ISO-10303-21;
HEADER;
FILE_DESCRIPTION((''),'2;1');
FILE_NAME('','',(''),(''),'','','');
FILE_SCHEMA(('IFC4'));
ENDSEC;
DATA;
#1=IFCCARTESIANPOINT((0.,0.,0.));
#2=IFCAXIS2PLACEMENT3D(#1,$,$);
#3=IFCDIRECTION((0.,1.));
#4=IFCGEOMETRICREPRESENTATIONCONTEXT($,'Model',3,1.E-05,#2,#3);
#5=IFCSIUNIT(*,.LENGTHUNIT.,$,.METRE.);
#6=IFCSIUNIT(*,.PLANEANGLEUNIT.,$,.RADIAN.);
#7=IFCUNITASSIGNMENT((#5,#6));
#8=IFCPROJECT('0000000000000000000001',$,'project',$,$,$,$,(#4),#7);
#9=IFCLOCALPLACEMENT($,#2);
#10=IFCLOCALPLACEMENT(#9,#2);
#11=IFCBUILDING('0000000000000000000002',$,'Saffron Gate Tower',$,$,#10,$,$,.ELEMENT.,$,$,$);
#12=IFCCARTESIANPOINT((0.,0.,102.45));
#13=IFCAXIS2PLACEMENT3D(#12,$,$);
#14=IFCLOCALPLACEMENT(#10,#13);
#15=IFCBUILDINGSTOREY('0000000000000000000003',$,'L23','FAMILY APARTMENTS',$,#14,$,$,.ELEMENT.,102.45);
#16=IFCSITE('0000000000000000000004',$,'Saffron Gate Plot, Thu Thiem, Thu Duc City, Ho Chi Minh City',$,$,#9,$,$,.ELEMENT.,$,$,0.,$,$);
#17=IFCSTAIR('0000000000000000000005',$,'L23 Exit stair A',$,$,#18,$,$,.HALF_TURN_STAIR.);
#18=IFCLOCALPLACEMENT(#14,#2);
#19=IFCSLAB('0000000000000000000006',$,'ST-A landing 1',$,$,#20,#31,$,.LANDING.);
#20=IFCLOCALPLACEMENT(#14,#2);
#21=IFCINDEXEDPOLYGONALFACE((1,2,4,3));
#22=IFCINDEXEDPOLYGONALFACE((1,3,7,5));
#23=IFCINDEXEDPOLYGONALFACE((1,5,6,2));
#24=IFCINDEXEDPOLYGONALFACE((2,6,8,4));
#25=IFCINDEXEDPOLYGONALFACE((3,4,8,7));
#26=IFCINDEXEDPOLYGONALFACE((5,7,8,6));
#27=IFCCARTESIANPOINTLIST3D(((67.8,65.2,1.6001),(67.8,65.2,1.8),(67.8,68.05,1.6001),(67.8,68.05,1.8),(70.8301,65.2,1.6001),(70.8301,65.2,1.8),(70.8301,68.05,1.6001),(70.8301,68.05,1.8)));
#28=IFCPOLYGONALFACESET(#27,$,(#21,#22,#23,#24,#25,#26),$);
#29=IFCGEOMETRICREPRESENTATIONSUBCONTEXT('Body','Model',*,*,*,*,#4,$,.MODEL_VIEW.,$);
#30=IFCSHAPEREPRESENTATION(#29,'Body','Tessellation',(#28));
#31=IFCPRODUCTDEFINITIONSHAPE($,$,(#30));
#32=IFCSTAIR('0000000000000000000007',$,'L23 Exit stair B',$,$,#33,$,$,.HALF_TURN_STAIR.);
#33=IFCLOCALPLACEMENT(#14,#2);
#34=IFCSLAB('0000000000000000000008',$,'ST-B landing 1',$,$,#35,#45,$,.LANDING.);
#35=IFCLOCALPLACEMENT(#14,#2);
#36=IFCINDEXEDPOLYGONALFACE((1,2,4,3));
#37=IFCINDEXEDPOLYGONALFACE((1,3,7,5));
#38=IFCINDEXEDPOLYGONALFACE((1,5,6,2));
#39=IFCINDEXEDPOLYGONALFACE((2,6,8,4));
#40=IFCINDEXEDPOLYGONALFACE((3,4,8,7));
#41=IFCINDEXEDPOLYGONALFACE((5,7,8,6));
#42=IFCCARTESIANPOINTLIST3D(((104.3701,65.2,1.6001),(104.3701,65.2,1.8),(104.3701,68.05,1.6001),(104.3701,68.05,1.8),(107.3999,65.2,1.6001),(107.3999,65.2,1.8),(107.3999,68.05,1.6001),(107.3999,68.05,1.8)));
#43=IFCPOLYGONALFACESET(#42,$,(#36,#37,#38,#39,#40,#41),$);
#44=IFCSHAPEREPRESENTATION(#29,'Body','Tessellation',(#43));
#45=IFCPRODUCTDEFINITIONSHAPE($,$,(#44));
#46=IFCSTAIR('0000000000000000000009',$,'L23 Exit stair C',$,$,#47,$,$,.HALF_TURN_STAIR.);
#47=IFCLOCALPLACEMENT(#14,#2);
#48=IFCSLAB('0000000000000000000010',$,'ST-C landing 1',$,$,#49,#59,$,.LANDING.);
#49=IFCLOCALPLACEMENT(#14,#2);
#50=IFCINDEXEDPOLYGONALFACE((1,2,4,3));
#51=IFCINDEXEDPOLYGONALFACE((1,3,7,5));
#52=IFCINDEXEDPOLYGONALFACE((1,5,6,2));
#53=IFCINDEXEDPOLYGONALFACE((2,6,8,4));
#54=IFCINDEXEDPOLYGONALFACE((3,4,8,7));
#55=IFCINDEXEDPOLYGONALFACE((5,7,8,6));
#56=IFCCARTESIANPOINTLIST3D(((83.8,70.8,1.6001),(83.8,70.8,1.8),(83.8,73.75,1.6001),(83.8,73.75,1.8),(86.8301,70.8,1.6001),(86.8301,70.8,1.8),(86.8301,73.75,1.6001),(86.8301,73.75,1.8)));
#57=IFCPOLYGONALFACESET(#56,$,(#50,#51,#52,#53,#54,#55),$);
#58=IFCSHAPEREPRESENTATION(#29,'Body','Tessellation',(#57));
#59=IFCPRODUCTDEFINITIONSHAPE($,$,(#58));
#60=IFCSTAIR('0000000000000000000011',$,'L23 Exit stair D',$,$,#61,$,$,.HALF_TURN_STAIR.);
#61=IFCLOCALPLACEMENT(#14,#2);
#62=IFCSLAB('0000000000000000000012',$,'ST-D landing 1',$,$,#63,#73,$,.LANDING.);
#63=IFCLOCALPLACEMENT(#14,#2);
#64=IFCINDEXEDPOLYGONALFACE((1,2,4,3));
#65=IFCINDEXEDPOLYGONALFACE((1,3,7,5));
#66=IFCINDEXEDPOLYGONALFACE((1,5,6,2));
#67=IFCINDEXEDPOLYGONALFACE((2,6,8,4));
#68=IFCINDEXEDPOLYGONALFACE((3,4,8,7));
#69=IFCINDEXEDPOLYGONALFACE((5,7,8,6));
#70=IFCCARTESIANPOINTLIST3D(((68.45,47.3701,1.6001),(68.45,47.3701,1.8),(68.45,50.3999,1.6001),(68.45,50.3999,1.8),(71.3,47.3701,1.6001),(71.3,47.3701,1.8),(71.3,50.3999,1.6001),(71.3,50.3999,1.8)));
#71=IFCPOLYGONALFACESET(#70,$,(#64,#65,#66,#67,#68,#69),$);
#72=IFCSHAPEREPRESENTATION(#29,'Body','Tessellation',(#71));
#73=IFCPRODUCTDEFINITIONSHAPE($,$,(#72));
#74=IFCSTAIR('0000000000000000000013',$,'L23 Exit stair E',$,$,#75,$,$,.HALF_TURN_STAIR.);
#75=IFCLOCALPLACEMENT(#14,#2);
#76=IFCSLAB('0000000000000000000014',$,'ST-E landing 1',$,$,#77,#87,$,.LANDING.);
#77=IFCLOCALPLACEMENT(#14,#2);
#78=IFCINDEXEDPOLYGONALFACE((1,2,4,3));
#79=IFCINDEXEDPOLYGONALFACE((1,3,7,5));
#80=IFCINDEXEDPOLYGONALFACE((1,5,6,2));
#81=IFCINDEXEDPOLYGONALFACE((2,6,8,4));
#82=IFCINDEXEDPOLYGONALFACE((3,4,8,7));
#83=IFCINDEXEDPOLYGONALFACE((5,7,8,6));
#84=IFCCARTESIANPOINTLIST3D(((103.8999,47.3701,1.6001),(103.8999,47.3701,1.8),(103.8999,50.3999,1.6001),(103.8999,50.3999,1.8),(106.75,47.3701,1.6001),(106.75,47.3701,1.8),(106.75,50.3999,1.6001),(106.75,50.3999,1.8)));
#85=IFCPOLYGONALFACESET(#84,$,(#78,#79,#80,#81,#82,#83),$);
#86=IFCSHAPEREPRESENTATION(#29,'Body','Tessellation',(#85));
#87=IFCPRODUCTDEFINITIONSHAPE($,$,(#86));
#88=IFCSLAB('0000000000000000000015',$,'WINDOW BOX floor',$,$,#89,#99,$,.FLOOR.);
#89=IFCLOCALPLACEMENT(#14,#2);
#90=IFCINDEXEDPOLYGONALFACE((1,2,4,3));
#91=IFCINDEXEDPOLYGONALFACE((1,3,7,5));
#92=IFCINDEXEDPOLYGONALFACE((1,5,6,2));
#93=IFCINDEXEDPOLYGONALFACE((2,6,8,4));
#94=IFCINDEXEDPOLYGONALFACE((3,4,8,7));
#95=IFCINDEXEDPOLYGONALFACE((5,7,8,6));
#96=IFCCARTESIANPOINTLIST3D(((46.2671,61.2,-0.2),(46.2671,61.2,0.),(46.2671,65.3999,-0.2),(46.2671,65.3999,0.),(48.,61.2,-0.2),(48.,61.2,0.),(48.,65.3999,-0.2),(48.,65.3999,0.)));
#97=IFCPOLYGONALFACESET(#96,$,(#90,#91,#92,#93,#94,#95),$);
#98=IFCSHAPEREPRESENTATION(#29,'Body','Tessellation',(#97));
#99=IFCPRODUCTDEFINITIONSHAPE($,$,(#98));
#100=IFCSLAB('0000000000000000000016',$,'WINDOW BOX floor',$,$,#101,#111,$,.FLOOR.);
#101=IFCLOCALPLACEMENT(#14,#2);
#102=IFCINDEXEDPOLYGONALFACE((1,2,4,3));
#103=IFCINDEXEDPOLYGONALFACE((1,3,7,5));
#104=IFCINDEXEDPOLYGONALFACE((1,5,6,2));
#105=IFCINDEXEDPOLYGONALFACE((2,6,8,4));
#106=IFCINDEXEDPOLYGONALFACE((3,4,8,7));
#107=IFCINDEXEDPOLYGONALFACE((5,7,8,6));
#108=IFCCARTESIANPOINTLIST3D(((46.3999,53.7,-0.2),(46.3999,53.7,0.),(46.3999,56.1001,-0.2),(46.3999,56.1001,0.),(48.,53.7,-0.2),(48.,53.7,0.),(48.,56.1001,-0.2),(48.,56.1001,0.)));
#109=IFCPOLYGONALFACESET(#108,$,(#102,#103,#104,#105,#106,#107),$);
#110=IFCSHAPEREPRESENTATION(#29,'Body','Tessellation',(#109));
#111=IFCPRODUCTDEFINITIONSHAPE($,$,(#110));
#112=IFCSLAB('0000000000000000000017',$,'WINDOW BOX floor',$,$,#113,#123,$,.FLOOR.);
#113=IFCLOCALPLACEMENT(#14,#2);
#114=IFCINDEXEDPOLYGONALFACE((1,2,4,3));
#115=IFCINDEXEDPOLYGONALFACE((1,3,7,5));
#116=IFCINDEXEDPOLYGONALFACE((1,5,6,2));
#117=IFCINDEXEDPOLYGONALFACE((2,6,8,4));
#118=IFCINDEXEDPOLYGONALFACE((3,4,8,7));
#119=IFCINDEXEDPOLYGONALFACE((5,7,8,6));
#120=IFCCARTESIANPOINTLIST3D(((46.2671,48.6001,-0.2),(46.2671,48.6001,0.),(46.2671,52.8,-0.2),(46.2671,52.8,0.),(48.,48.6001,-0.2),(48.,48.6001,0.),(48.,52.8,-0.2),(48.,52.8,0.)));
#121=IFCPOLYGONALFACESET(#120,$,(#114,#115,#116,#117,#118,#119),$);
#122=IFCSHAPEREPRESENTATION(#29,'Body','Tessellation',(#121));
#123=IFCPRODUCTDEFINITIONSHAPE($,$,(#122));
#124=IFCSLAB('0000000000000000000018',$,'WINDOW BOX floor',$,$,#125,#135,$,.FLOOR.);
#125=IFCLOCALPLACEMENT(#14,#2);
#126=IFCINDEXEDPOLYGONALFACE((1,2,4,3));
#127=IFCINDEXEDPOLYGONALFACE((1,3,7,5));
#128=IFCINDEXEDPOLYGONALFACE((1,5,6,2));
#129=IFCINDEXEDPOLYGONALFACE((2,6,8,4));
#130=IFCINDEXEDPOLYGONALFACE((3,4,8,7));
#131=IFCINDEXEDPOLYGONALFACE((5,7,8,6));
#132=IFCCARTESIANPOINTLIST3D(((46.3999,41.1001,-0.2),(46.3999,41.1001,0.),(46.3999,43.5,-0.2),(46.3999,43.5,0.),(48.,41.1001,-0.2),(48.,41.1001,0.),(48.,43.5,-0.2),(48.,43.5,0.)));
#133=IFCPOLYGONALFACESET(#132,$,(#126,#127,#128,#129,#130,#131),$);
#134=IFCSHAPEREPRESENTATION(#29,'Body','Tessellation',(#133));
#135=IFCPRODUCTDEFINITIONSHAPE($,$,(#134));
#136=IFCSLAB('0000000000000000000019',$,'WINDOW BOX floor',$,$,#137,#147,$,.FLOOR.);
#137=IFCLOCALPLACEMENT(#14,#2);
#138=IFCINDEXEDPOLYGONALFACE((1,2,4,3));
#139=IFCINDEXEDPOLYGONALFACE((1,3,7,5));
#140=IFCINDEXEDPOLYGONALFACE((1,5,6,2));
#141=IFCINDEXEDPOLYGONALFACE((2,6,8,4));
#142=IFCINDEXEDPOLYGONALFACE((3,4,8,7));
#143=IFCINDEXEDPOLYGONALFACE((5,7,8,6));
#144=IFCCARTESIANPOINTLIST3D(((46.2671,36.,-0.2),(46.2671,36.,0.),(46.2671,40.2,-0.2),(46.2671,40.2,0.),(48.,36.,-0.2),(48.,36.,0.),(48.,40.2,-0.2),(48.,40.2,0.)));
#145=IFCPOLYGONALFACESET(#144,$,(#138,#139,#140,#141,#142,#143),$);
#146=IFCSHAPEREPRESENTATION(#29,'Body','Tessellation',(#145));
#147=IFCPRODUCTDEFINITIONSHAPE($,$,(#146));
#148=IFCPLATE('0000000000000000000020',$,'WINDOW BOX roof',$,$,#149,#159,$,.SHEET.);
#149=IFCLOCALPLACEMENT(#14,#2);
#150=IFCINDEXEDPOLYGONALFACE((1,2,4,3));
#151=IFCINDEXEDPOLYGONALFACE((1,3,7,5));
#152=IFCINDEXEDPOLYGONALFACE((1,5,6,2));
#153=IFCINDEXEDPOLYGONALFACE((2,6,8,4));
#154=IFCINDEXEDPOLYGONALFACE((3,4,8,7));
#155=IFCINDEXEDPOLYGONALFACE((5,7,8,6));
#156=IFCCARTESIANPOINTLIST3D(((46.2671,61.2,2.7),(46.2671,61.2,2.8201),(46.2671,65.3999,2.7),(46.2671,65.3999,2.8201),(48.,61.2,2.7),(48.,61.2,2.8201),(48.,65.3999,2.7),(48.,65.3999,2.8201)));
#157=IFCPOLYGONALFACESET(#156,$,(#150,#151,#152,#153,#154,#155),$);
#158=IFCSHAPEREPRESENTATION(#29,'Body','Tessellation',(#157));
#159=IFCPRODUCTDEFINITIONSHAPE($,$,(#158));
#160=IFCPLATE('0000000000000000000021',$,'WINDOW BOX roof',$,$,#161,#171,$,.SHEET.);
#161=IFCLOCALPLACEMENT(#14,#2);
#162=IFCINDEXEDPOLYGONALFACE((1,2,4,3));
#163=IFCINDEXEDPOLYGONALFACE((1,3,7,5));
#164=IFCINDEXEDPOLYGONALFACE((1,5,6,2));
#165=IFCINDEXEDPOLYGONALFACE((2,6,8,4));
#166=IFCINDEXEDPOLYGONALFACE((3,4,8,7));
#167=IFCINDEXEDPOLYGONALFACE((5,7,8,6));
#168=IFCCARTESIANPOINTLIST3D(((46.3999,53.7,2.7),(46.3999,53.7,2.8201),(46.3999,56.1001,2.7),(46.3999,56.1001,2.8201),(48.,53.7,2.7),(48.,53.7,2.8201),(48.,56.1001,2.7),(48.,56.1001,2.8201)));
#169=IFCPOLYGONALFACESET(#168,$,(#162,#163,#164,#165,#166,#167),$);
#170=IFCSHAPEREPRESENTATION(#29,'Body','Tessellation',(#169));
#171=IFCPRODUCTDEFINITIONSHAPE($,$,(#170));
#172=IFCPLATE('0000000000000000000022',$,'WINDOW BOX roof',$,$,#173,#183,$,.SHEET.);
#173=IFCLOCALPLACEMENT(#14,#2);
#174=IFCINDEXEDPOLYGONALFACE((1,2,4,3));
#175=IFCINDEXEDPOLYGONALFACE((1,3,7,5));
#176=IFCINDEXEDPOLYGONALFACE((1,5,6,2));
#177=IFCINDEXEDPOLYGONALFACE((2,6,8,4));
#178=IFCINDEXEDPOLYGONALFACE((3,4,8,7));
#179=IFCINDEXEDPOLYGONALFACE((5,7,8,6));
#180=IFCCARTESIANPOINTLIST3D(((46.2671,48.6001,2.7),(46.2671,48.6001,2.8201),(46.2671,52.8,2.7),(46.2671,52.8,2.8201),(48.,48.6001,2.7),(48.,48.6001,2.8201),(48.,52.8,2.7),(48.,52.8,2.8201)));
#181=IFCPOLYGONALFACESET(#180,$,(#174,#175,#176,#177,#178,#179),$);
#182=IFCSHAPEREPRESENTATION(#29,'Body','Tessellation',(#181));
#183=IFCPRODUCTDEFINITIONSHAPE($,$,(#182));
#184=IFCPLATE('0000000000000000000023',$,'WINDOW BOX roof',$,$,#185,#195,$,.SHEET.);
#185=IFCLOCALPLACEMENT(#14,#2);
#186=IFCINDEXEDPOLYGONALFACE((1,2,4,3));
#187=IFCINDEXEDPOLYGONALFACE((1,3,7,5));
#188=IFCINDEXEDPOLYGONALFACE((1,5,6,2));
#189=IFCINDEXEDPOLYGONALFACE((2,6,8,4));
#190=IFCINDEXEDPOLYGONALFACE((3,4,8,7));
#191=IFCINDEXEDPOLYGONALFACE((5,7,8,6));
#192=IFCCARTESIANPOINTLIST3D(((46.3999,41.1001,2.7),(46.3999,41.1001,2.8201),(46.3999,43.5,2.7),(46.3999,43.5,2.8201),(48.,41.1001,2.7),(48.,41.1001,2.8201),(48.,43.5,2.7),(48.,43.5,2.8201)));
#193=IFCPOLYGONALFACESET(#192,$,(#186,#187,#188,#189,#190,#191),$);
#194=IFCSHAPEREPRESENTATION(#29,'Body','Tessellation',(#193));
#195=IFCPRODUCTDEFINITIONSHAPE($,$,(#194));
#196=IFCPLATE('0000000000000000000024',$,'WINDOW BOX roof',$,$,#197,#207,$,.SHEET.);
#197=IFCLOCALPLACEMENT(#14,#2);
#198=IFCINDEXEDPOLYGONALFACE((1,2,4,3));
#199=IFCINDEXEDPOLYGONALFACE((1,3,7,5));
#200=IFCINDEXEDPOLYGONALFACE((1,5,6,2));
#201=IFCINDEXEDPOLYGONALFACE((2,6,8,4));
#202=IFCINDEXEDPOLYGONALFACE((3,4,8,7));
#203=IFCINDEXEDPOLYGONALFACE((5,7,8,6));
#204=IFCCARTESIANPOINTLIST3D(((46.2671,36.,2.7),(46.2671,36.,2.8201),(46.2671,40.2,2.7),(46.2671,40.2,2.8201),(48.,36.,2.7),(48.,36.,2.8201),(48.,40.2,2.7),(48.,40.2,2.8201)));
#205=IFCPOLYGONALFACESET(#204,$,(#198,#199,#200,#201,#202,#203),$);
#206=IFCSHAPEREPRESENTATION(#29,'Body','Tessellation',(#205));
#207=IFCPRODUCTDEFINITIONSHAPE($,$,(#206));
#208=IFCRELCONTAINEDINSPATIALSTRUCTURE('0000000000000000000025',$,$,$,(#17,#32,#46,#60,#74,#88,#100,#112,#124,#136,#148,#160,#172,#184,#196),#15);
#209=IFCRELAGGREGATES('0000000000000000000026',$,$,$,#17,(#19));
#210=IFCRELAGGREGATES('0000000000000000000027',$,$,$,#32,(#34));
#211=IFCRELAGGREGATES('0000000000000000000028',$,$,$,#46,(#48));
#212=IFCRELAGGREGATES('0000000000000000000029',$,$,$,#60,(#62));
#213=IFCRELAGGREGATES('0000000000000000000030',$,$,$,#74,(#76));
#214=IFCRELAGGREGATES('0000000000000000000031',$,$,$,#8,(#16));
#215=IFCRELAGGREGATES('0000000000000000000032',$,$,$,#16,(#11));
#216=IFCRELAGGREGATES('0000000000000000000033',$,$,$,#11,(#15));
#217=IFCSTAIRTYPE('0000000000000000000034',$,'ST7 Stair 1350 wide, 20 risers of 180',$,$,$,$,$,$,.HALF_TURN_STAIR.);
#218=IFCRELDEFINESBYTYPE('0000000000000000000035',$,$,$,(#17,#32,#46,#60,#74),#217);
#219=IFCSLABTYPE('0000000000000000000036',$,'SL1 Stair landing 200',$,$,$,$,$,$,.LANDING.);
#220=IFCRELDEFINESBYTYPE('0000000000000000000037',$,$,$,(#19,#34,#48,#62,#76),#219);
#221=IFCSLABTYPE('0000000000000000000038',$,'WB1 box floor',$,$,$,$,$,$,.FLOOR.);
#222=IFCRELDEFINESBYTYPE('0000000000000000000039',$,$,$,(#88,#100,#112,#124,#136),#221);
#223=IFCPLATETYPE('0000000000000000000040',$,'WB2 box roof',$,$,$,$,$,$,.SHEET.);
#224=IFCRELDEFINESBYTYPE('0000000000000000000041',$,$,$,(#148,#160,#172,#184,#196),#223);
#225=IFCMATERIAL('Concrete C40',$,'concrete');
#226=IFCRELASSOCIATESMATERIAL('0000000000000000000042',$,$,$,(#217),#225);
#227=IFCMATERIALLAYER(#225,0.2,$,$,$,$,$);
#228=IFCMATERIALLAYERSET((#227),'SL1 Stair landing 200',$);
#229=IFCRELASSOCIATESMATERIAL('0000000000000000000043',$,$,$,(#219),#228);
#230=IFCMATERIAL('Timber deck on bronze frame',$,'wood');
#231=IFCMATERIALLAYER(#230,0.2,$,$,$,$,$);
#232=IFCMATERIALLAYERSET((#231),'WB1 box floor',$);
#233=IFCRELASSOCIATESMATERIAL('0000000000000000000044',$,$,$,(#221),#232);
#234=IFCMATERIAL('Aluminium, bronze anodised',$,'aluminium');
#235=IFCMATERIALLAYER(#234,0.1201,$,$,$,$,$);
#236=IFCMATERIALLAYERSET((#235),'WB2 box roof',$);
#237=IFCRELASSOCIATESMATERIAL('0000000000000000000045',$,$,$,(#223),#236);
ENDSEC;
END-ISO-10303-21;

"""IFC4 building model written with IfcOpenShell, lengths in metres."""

from ifc_helpers import new_model, si_unit, direction, frame, origin, place, context, subcontext, project, spatial, polyline, outline, extrude, material, layer, layer_set, type_object, element, aggregate, save


model = new_model("IFC4")

# Units and contexts
model_context = context("Model", 3, precision=1e-05, world=origin(), true_north=direction((0.0, 1.0)))
body_context = subcontext(model_context, "Body", "Model", "MODEL_VIEW")
ifc_project = project(units=[si_unit("LENGTHUNIT", "METRE"), si_unit("PLANEANGLEUNIT", "RADIAN")], contexts=[model_context])

# Site, building, storey
site_placement = place(None, origin())
site = spatial("IfcSite", under=ifc_project, at=site_placement, Name="Saffron Gate Plot, Thu Thiem, Thu Duc City, Ho Chi Minh City", CompositionType="ELEMENT", RefElevation=0.0)
building_placement = place(site_placement, origin())
building = spatial("IfcBuilding", under=site, at=building_placement, Name="Saffron Gate Tower", CompositionType="ELEMENT")
storey_placement = place(building_placement, frame((0.0, 0.0, 102.45)))
storey = spatial("IfcBuildingStorey", under=building, at=storey_placement, Name="L23", Description="FAMILY APARTMENTS", CompositionType="ELEMENT", Elevation=102.45)

# Stairs, slabs
ifc_material_1 = material(Name="Concrete C40", Category="concrete")
stair_type = type_object("IfcStairType", Name="ST7 Stair 1350 wide, 20 risers of 180", PredefinedType="HALF_TURN_STAIR", material=ifc_material_1)
stair_1_placement = place(storey_placement, origin())
stair_1 = element("IfcStair", 1, at=stair_1_placement, inside=storey, type_object=stair_type, Name="L23 Exit stair A", PredefinedType="HALF_TURN_STAIR")
ifc_layer_1 = layer(ifc_material_1, 0.2)
ifc_layer_set_1 = layer_set([ifc_layer_1], Name="SL1 Stair landing 200")
slab_type_1 = type_object("IfcSlabType", Name="SL1 Stair landing 200", PredefinedType="LANDING", material=ifc_layer_set_1)
slab_1_placement = place(storey_placement, frame((0.0, 0.0, 1.6001)))
slab_1 = element("IfcSlab", 2, at=slab_1_placement, type_object=slab_type_1, Name="ST-A landing 1", PredefinedType="LANDING", context=body_context, shape_type="SweptSolid", body=[
    extrude(outline(polyline([(70.8301, 68.05), (67.8, 68.05), (67.8, 65.2), (70.8301, 65.2), (70.8301, 68.05)])), origin(), (0.0, 0.0, 1.0), 0.2),
])
aggregate(stair_1, [slab_1])
stair_2_placement = place(storey_placement, origin())
stair_2 = element("IfcStair", 3, at=stair_2_placement, inside=storey, type_object=stair_type, Name="L23 Exit stair B", PredefinedType="HALF_TURN_STAIR")
slab_2_placement = place(storey_placement, frame((0.0, 0.0, 1.6001)))
slab_2 = element("IfcSlab", 4, at=slab_2_placement, type_object=slab_type_1, Name="ST-B landing 1", PredefinedType="LANDING", context=body_context, shape_type="SweptSolid", body=[
    extrude(outline(polyline([(104.3701, 65.2), (107.3999, 65.2), (107.3999, 68.05), (104.3701, 68.05), (104.3701, 65.2)])), origin(), (0.0, 0.0, 1.0), 0.2),
])
aggregate(stair_2, [slab_2])
stair_3_placement = place(storey_placement, origin())
stair_3 = element("IfcStair", 5, at=stair_3_placement, inside=storey, type_object=stair_type, Name="L23 Exit stair C", PredefinedType="HALF_TURN_STAIR")
slab_3_placement = place(storey_placement, frame((0.0, 0.0, 1.6001)))
slab_3 = element("IfcSlab", 6, at=slab_3_placement, type_object=slab_type_1, Name="ST-C landing 1", PredefinedType="LANDING", context=body_context, shape_type="SweptSolid", body=[
    extrude(outline(polyline([(86.8301, 73.75), (83.8, 73.75), (83.8, 70.8), (86.8301, 70.8), (86.8301, 73.75)])), origin(), (0.0, 0.0, 1.0), 0.2),
])
aggregate(stair_3, [slab_3])
stair_4_placement = place(storey_placement, origin())
stair_4 = element("IfcStair", 7, at=stair_4_placement, inside=storey, type_object=stair_type, Name="L23 Exit stair D", PredefinedType="HALF_TURN_STAIR")
slab_4_placement = place(storey_placement, frame((0.0, 0.0, 1.6001)))
slab_4 = element("IfcSlab", 8, at=slab_4_placement, type_object=slab_type_1, Name="ST-D landing 1", PredefinedType="LANDING", context=body_context, shape_type="SweptSolid", body=[
    extrude(outline(polyline([(71.3, 47.3701), (71.3, 50.3999), (68.45, 50.3999), (68.45, 47.3701), (71.3, 47.3701)])), origin(), (0.0, 0.0, 1.0), 0.2),
])
aggregate(stair_4, [slab_4])
stair_5_placement = place(storey_placement, origin())
stair_5 = element("IfcStair", 9, at=stair_5_placement, inside=storey, type_object=stair_type, Name="L23 Exit stair E", PredefinedType="HALF_TURN_STAIR")
slab_5_placement = place(storey_placement, frame((0.0, 0.0, 1.6001)))
slab_5 = element("IfcSlab", 10, at=slab_5_placement, type_object=slab_type_1, Name="ST-E landing 1", PredefinedType="LANDING", context=body_context, shape_type="SweptSolid", body=[
    extrude(outline(polyline([(106.75, 47.3701), (106.75, 50.3999), (103.8999, 50.3999), (103.8999, 47.3701), (106.75, 47.3701)])), origin(), (0.0, 0.0, 1.0), 0.2),
])
aggregate(stair_5, [slab_5])

# Slabs
ifc_material_2 = material(Name="Timber deck on bronze frame", Category="wood")
ifc_layer_2 = layer(ifc_material_2, 0.2)
ifc_layer_set_2 = layer_set([ifc_layer_2], Name="WB1 box floor")
slab_type_2 = type_object("IfcSlabType", Name="WB1 box floor", PredefinedType="FLOOR", material=ifc_layer_set_2)
slab_6_placement = place(storey_placement, frame((0.0, 0.0, -0.2)))
element("IfcSlab", 11, at=slab_6_placement, inside=storey, type_object=slab_type_2, Name="WINDOW BOX floor", PredefinedType="FLOOR", context=body_context, shape_type="SweptSolid", body=[
    extrude(outline(polyline([(48.0, 65.3999), (48.0, 61.2), (46.2671, 61.2), (46.2671, 65.3999), (48.0, 65.3999)])), origin(), (0.0, 0.0, 1.0), 0.2),
])
slab_7_placement = place(storey_placement, frame((0.0, 0.0, -0.2)))
element("IfcSlab", 12, at=slab_7_placement, inside=storey, type_object=slab_type_2, Name="WINDOW BOX floor", PredefinedType="FLOOR", context=body_context, shape_type="SweptSolid", body=[
    extrude(outline(polyline([(48.0, 56.1001), (48.0, 53.7), (46.3999, 53.7), (46.3999, 56.1001), (48.0, 56.1001)])), origin(), (0.0, 0.0, 1.0), 0.2),
])
slab_8_placement = place(storey_placement, frame((0.0, 0.0, -0.2)))
element("IfcSlab", 13, at=slab_8_placement, inside=storey, type_object=slab_type_2, Name="WINDOW BOX floor", PredefinedType="FLOOR", context=body_context, shape_type="SweptSolid", body=[
    extrude(outline(polyline([(48.0, 52.8), (48.0, 48.6001), (46.2671, 48.6001), (46.2671, 52.8), (48.0, 52.8)])), origin(), (0.0, 0.0, 1.0), 0.2),
])
slab_9_placement = place(storey_placement, frame((0.0, 0.0, -0.2)))
element("IfcSlab", 14, at=slab_9_placement, inside=storey, type_object=slab_type_2, Name="WINDOW BOX floor", PredefinedType="FLOOR", context=body_context, shape_type="SweptSolid", body=[
    extrude(outline(polyline([(48.0, 43.5), (48.0, 41.1001), (46.3999, 41.1001), (46.3999, 43.5), (48.0, 43.5)])), origin(), (0.0, 0.0, 1.0), 0.2),
])
slab_10_placement = place(storey_placement, frame((0.0, 0.0, -0.2)))
element("IfcSlab", 15, at=slab_10_placement, inside=storey, type_object=slab_type_2, Name="WINDOW BOX floor", PredefinedType="FLOOR", context=body_context, shape_type="SweptSolid", body=[
    extrude(outline(polyline([(48.0, 40.2), (48.0, 36.0), (46.2671, 36.0), (46.2671, 40.2), (48.0, 40.2)])), origin(), (0.0, 0.0, 1.0), 0.2),
])

# Plates
ifc_material_3 = material(Name="Aluminium, bronze anodised", Category="aluminium")
ifc_layer_3 = layer(ifc_material_3, 0.1201)
ifc_layer_set_3 = layer_set([ifc_layer_3], Name="WB2 box roof")
plate_type_1 = type_object("IfcPlateType", Name="WB2 box roof", PredefinedType="SHEET", material=ifc_layer_set_3)
plate_1_placement = place(storey_placement, frame((0.0, 0.0, 2.7)))
element("IfcPlate", 16, at=plate_1_placement, inside=storey, type_object=plate_type_1, Name="WINDOW BOX roof", PredefinedType="SHEET", context=body_context, shape_type="SweptSolid", body=[
    extrude(outline(polyline([(48.0, 65.3999), (48.0, 61.2), (46.2671, 61.2), (46.2671, 65.3999), (48.0, 65.3999)])), origin(), (0.0, 0.0, 1.0), 0.1201),
])
plate_2_placement = place(storey_placement, frame((0.0, 0.0, 2.7)))
element("IfcPlate", 17, at=plate_2_placement, inside=storey, type_object=plate_type_1, Name="WINDOW BOX roof", PredefinedType="SHEET", context=body_context, shape_type="SweptSolid", body=[
    extrude(outline(polyline([(48.0, 56.1001), (48.0, 53.7), (46.3999, 53.7), (46.3999, 56.1001), (48.0, 56.1001)])), origin(), (0.0, 0.0, 1.0), 0.1201),
])
plate_3_placement = place(storey_placement, frame((0.0, 0.0, 2.7)))
element("IfcPlate", 18, at=plate_3_placement, inside=storey, type_object=plate_type_1, Name="WINDOW BOX roof", PredefinedType="SHEET", context=body_context, shape_type="SweptSolid", body=[
    extrude(outline(polyline([(48.0, 52.8), (48.0, 48.6001), (46.2671, 48.6001), (46.2671, 52.8), (48.0, 52.8)])), origin(), (0.0, 0.0, 1.0), 0.1201),
])
plate_4_placement = place(storey_placement, frame((0.0, 0.0, 2.7)))
element("IfcPlate", 19, at=plate_4_placement, inside=storey, type_object=plate_type_1, Name="WINDOW BOX roof", PredefinedType="SHEET", context=body_context, shape_type="SweptSolid", body=[
    extrude(outline(polyline([(48.0, 43.5), (48.0, 41.1001), (46.3999, 41.1001), (46.3999, 43.5), (48.0, 43.5)])), origin(), (0.0, 0.0, 1.0), 0.1201),
])
plate_5_placement = place(storey_placement, frame((0.0, 0.0, 2.7)))
element("IfcPlate", 20, at=plate_5_placement, inside=storey, type_object=plate_type_1, Name="WINDOW BOX roof", PredefinedType="SHEET", context=body_context, shape_type="SweptSolid", body=[
    extrude(outline(polyline([(48.0, 40.2), (48.0, 36.0), (46.2671, 36.0), (46.2671, 40.2), (48.0, 40.2)])), origin(), (0.0, 0.0, 1.0), 0.1201),
])

save(model, "model.ifc")
